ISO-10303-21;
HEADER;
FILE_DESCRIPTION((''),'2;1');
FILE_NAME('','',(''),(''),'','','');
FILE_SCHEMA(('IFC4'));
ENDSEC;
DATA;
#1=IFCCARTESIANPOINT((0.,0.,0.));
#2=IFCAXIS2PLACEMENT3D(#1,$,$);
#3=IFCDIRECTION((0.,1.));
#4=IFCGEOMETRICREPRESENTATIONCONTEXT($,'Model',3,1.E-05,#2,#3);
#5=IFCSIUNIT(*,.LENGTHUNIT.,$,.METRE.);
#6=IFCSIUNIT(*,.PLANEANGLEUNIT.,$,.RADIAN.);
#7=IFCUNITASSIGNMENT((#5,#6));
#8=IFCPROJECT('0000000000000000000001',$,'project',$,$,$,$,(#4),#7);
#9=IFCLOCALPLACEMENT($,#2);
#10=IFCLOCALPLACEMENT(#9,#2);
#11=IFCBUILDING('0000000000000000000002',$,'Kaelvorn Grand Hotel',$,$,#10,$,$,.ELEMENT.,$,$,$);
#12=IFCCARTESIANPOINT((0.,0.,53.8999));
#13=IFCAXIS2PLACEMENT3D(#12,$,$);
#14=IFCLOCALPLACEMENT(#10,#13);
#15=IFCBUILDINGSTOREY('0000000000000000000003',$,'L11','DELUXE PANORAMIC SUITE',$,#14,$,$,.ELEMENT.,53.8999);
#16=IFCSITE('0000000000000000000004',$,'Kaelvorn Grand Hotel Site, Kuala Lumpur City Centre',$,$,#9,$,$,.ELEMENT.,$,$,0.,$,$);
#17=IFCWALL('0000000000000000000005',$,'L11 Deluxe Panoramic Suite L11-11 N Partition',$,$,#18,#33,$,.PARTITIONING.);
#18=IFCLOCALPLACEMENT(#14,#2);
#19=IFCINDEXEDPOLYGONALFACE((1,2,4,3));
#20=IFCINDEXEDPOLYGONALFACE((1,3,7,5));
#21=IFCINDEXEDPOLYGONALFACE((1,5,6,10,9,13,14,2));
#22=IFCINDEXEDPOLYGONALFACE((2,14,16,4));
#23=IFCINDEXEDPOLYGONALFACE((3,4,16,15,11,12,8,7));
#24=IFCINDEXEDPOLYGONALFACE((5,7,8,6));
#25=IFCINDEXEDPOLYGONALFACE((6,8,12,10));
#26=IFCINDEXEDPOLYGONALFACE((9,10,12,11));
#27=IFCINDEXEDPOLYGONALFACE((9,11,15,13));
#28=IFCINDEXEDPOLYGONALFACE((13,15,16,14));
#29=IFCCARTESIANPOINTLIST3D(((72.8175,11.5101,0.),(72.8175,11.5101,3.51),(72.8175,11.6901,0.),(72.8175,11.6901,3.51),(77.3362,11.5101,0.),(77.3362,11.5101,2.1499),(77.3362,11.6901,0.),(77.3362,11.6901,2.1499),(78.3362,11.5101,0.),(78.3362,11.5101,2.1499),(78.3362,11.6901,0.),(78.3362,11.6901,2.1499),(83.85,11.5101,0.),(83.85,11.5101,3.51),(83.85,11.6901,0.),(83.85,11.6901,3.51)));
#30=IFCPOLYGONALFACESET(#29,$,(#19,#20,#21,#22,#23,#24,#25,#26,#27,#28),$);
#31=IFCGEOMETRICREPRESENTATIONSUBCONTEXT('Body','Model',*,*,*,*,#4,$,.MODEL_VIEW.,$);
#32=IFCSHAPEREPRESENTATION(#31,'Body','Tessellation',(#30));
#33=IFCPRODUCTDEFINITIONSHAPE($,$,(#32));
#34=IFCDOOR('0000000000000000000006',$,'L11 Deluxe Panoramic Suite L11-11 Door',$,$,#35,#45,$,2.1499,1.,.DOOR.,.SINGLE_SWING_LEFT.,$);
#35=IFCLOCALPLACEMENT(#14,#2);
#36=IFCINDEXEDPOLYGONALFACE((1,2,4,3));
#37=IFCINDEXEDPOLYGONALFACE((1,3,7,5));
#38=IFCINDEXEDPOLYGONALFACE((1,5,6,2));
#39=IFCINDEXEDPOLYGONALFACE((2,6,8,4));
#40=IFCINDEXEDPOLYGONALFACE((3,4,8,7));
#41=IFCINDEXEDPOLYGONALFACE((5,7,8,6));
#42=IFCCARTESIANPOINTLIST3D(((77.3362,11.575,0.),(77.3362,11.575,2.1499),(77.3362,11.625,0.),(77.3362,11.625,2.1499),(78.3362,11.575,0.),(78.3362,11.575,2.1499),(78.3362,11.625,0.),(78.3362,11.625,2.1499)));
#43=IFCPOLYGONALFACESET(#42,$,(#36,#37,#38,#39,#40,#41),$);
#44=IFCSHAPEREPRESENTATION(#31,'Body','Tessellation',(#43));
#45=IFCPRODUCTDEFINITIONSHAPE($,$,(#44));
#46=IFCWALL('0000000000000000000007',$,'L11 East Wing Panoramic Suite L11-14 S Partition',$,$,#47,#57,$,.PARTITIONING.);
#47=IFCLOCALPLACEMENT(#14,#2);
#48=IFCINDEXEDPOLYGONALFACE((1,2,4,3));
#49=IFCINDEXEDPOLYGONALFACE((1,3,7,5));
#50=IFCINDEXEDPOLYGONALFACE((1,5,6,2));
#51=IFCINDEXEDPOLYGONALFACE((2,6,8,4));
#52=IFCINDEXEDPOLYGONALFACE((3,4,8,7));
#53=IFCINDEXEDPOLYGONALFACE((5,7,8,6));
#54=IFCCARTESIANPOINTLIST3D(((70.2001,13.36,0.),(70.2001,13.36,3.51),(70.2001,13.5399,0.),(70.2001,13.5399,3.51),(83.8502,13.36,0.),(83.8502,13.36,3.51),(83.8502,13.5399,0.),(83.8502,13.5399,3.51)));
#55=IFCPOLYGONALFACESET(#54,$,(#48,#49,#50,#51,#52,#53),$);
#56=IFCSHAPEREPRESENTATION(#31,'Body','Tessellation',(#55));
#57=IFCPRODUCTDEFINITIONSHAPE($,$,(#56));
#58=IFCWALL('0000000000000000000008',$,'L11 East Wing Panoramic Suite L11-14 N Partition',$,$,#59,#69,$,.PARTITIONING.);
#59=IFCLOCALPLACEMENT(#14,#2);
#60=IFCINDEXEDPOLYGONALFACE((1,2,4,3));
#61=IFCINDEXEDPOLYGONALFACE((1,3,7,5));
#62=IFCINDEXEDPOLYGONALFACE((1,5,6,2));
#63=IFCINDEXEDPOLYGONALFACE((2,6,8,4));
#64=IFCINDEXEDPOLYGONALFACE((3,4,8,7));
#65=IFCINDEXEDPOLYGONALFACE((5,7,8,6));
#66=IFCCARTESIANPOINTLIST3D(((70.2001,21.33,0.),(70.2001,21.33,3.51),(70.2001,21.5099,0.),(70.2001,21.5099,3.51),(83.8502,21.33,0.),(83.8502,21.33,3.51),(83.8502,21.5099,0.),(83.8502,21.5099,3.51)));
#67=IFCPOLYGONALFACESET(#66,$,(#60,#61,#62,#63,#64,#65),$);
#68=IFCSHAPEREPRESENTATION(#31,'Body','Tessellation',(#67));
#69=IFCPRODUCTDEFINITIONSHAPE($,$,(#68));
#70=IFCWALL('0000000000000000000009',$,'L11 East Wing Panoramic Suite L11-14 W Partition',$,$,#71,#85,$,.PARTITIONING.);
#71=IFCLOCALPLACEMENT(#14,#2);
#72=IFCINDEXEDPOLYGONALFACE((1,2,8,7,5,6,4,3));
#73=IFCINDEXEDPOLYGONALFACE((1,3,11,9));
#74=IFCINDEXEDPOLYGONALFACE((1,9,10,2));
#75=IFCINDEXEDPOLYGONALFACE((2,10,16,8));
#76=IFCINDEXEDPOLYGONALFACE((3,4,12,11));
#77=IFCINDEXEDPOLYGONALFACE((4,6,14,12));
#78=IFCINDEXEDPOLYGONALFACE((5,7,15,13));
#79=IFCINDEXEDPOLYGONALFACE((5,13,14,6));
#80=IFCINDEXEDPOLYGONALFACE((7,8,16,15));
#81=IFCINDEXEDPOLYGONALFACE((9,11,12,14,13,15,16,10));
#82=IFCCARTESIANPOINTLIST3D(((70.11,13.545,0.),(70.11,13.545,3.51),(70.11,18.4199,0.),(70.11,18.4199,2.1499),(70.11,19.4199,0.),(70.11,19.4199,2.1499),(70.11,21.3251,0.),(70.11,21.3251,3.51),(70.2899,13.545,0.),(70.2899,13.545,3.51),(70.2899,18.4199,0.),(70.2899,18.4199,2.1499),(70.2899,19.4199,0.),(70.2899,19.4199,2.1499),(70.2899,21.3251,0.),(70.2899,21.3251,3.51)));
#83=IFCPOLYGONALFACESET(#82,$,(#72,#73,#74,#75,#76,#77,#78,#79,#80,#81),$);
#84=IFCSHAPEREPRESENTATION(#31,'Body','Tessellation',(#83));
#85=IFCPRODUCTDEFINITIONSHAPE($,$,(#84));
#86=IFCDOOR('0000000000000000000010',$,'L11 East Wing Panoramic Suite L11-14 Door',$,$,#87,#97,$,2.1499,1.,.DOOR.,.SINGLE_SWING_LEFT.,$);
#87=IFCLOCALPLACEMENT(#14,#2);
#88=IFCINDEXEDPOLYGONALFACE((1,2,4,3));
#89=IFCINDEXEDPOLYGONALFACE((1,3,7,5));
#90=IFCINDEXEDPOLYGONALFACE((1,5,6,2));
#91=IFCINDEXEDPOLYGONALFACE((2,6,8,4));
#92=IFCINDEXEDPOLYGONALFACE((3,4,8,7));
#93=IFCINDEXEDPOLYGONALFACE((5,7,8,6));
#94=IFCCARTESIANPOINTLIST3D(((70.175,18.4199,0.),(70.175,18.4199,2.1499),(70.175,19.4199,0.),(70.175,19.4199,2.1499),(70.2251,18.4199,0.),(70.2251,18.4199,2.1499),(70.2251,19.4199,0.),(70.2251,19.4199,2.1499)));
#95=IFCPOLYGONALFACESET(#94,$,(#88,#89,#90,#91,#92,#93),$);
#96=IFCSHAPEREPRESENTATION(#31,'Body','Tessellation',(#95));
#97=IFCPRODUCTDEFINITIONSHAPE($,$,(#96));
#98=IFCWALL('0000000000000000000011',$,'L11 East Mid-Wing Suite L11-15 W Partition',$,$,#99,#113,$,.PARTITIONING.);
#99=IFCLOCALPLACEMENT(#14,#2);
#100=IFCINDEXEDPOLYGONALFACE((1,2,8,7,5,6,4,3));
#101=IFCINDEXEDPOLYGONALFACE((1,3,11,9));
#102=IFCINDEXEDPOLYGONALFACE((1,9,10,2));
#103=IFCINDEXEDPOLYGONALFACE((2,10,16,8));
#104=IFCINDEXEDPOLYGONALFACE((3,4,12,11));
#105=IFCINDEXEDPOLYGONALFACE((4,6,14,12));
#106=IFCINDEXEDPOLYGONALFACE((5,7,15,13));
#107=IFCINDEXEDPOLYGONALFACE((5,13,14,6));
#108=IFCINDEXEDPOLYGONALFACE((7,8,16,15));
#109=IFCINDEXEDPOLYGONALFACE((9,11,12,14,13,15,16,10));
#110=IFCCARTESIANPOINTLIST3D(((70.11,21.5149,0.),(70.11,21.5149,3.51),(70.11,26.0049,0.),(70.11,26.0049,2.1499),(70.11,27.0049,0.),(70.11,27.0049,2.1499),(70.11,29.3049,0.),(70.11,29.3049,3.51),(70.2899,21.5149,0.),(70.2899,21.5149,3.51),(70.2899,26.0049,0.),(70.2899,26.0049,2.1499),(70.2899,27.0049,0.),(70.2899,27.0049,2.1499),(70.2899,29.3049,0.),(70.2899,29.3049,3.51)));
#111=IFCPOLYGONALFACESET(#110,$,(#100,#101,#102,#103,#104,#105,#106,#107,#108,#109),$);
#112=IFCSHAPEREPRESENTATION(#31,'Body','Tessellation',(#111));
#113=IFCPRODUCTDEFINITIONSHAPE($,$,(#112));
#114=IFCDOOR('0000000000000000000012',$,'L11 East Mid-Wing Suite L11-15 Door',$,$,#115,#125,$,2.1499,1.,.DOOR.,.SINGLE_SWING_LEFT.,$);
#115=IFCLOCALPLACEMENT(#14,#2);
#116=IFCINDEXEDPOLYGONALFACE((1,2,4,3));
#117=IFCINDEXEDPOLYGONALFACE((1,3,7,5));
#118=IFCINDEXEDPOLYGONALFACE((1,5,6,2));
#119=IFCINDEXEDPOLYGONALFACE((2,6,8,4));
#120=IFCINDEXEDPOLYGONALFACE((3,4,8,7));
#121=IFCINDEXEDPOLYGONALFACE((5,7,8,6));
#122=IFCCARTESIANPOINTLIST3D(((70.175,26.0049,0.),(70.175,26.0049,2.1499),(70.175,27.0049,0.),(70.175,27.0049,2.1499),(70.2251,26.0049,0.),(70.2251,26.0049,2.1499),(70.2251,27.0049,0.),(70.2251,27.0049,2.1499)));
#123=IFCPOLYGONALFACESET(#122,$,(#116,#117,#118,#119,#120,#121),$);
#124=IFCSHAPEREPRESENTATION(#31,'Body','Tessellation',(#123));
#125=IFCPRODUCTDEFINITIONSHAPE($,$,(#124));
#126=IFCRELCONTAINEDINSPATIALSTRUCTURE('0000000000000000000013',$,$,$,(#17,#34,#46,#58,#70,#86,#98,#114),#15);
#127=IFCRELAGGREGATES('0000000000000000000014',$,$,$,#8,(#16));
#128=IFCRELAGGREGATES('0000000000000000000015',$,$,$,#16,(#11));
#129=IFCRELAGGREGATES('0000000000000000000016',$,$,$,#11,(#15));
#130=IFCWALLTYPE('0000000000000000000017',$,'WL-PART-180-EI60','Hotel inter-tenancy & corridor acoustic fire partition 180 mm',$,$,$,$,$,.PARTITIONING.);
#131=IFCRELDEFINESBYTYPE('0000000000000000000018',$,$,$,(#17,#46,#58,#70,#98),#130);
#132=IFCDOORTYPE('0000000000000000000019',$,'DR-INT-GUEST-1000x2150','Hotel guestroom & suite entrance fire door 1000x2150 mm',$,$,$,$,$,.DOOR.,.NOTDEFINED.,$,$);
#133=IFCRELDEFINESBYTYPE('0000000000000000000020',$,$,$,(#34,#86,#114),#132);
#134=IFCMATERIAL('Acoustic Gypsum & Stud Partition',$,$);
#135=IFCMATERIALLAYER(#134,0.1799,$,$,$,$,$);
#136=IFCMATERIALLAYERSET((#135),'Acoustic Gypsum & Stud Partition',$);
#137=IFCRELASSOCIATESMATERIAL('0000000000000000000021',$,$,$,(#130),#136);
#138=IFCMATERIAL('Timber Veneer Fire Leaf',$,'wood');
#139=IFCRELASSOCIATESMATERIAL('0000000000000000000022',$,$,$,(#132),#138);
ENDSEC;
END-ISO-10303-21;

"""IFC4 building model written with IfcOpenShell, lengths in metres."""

from ifc_helpers import new_model, si_unit, direction, frame, frame_2d, origin, place, context, subcontext, project, spatial, rectangle, extrude, material, layer, layer_set, type_object, element, fill, save


model = new_model("IFC4")

# Units and contexts
model_context = context("Model", 3, precision=1e-05, world=origin(), true_north=direction((0.0, 1.0)))
body_context = subcontext(model_context, "Body", "Model", "MODEL_VIEW")
ifc_project = project(units=[si_unit("LENGTHUNIT", "METRE"), si_unit("PLANEANGLEUNIT", "RADIAN")], contexts=[model_context])

# Site, building, storey
site_placement = place(None, origin())
site = spatial("IfcSite", under=ifc_project, at=site_placement, Name="Kaelvorn Grand Hotel Site, Kuala Lumpur City Centre", CompositionType="ELEMENT", RefElevation=0.0)
building_placement = place(site_placement, origin())
building = spatial("IfcBuilding", under=site, at=building_placement, Name="Kaelvorn Grand Hotel", CompositionType="ELEMENT")
storey_placement = place(building_placement, frame((0.0, 0.0, 53.8999)))
storey = spatial("IfcBuildingStorey", under=building, at=storey_placement, Name="L11", Description="DELUXE PANORAMIC SUITE", CompositionType="ELEMENT", Elevation=53.8999)

# Shared definitions
ifc_material_1 = material(Name="Acoustic Gypsum & Stud Partition")

# Wall, opening, door
ifc_layer_1 = layer(ifc_material_1, 0.1799)
ifc_layer_set_1 = layer_set([ifc_layer_1], Name="Acoustic Gypsum & Stud Partition")
wall_type_1 = type_object("IfcWallType", Name="WL-PART-180-EI60", Description="Hotel inter-tenancy & corridor acoustic fire partition 180 mm", PredefinedType="PARTITIONING", material=ifc_layer_set_1)
wall_1_placement = place(storey_placement, frame((72.8176, 11.6001, 0.0), z_axis=(0.0, 0.0, 1.0), x_axis=(1.0, 0.0, 0.0)))
wall_1 = element("IfcWall", 1, at=wall_1_placement, inside=storey, type_object=wall_type_1, Name="L11 Deluxe Panoramic Suite L11-11 N Partition", PredefinedType="PARTITIONING", context=body_context, shape_type="SweptSolid", body=[
    extrude(rectangle(XDim=11.0325, YDim=0.1799, at=frame_2d((5.5161, 0.0))), origin(), (0.0, 0.0, 1.0), 3.51),
])
opening_1_placement = place(wall_1_placement, frame((4.5186, 0.0, 0.0)))
opening_1 = element("IfcOpeningElement", 2, at=opening_1_placement, cuts=wall_1, PredefinedType="OPENING", context=body_context, shape_type="SweptSolid", body=[
    extrude(rectangle(XDim=1.0, YDim=2.1499, at=frame_2d((0.5, 1.075))), frame((0.0, 0.1001, 0.0), z_axis=(0.0, -1.0, 0.0), x_axis=(1.0, 0.0, 0.0)), (0.0, 0.0, 1.0), 0.2),
])
ifc_material_2 = material(Name="Timber Veneer Fire Leaf", Category="wood")
door_type_1 = type_object("IfcDoorType", Name="DR-INT-GUEST-1000x2150", Description="Hotel guestroom & suite entrance fire door 1000x2150 mm", OperationType="NOTDEFINED", PredefinedType="DOOR", material=ifc_material_2)
door_1_placement = place(opening_1_placement, origin())
door_1 = element("IfcDoor", 3, at=door_1_placement, inside=storey, type_object=door_type_1, Name="L11 Deluxe Panoramic Suite L11-11 Door", OperationType="SINGLE_SWING_LEFT", OverallHeight=2.1499, OverallWidth=1.0, PredefinedType="DOOR", context=body_context, shape_type="SweptSolid", body=[
    extrude(rectangle(XDim=1.0, YDim=2.1499, at=frame_2d((0.5, 1.075))), frame((0.0, 0.0249, 0.0), z_axis=(0.0, -1.0, 0.0), x_axis=(1.0, 0.0, 0.0)), (0.0, 0.0, 1.0), 0.05),
])
fill(opening_1, door_1)

# Walls
for number, where, z_axis, x_axis, name in (
    (4, (70.2, 13.45, 0.0), (0.0, 0.0, 1.0), (1.0, 0.0, 0.0), "L11 East Wing Panoramic Suite L11-14 S Partition"),
    (5, (70.2, 21.4199, 0.0), (0.0, 0.0, 1.0), (1.0, 0.0, 0.0), "L11 East Wing Panoramic Suite L11-14 N Partition"),
):
    element("IfcWall", number, at=place(storey_placement, frame(where, z_axis=z_axis, x_axis=x_axis)), inside=storey, type_object=wall_type_1, Name=name, PredefinedType="PARTITIONING", context=body_context, shape_type="SweptSolid", body=[
        extrude(rectangle(XDim=13.6501, YDim=0.1799, at=frame_2d((6.8252, 0.0))), origin(), (0.0, 0.0, 1.0), 3.51),
    ])

# Walls, openings, doors
wall_2_placement = place(storey_placement, frame((70.2, 13.5449, 0.0), z_axis=(0.0, 0.0, 1.0), x_axis=(0.0, 1.0, 0.0)))
wall_2 = element("IfcWall", 6, at=wall_2_placement, inside=storey, type_object=wall_type_1, Name="L11 East Wing Panoramic Suite L11-14 W Partition", PredefinedType="PARTITIONING", context=body_context, shape_type="SweptSolid", body=[
    extrude(rectangle(XDim=7.78, YDim=0.1799, at=frame_2d((3.8901, 0.0))), origin(), (0.0, 0.0, 1.0), 3.51),
])
opening_2_placement = place(wall_2_placement, frame((4.875, 0.0, 0.0)))
opening_2 = element("IfcOpeningElement", 7, at=opening_2_placement, cuts=wall_2, PredefinedType="OPENING", context=body_context, shape_type="SweptSolid", body=[
    extrude(rectangle(XDim=1.0, YDim=2.1499, at=frame_2d((0.5, 1.075))), frame((0.0, 0.1001, 0.0), z_axis=(0.0, -1.0, 0.0), x_axis=(1.0, 0.0, 0.0)), (0.0, 0.0, 1.0), 0.2),
])
door_2_placement = place(opening_2_placement, origin())
door_2 = element("IfcDoor", 8, at=door_2_placement, inside=storey, type_object=door_type_1, Name="L11 East Wing Panoramic Suite L11-14 Door", OperationType="SINGLE_SWING_LEFT", OverallHeight=2.1499, OverallWidth=1.0, PredefinedType="DOOR", context=body_context, shape_type="SweptSolid", body=[
    extrude(rectangle(XDim=1.0, YDim=2.1499, at=frame_2d((0.5, 1.075))), frame((0.0, 0.0249, 0.0), z_axis=(0.0, -1.0, 0.0), x_axis=(1.0, 0.0, 0.0)), (0.0, 0.0, 1.0), 0.05),
])
fill(opening_2, door_2)
wall_3_placement = place(storey_placement, frame((70.2, 21.5149, 0.0), z_axis=(0.0, 0.0, 1.0), x_axis=(0.0, 1.0, 0.0)))
wall_3 = element("IfcWall", 9, at=wall_3_placement, inside=storey, type_object=wall_type_1, Name="L11 East Mid-Wing Suite L11-15 W Partition", PredefinedType="PARTITIONING", context=body_context, shape_type="SweptSolid", body=[
    extrude(rectangle(XDim=7.79, YDim=0.1799, at=frame_2d((3.895, 0.0))), origin(), (0.0, 0.0, 1.0), 3.51),
])
opening_3_placement = place(wall_3_placement, frame((4.49, 0.0, 0.0)))
opening_3 = element("IfcOpeningElement", 10, at=opening_3_placement, cuts=wall_3, PredefinedType="OPENING", context=body_context, shape_type="SweptSolid", body=[
    extrude(rectangle(XDim=1.0, YDim=2.1499, at=frame_2d((0.5, 1.075))), frame((0.0, 0.1001, 0.0), z_axis=(0.0, -1.0, 0.0), x_axis=(1.0, 0.0, 0.0)), (0.0, 0.0, 1.0), 0.2),
])
door_3_placement = place(opening_3_placement, origin())
door_3 = element("IfcDoor", 11, at=door_3_placement, inside=storey, type_object=door_type_1, Name="L11 East Mid-Wing Suite L11-15 Door", OperationType="SINGLE_SWING_LEFT", OverallHeight=2.1499, OverallWidth=1.0, PredefinedType="DOOR", context=body_context, shape_type="SweptSolid", body=[
    extrude(rectangle(XDim=1.0, YDim=2.1499, at=frame_2d((0.5, 1.075))), frame((0.0, 0.0249, 0.0), z_axis=(0.0, -1.0, 0.0), x_axis=(1.0, 0.0, 0.0)), (0.0, 0.0, 1.0), 0.05),
])
fill(opening_3, door_3)

save(model, "model.ifc")
